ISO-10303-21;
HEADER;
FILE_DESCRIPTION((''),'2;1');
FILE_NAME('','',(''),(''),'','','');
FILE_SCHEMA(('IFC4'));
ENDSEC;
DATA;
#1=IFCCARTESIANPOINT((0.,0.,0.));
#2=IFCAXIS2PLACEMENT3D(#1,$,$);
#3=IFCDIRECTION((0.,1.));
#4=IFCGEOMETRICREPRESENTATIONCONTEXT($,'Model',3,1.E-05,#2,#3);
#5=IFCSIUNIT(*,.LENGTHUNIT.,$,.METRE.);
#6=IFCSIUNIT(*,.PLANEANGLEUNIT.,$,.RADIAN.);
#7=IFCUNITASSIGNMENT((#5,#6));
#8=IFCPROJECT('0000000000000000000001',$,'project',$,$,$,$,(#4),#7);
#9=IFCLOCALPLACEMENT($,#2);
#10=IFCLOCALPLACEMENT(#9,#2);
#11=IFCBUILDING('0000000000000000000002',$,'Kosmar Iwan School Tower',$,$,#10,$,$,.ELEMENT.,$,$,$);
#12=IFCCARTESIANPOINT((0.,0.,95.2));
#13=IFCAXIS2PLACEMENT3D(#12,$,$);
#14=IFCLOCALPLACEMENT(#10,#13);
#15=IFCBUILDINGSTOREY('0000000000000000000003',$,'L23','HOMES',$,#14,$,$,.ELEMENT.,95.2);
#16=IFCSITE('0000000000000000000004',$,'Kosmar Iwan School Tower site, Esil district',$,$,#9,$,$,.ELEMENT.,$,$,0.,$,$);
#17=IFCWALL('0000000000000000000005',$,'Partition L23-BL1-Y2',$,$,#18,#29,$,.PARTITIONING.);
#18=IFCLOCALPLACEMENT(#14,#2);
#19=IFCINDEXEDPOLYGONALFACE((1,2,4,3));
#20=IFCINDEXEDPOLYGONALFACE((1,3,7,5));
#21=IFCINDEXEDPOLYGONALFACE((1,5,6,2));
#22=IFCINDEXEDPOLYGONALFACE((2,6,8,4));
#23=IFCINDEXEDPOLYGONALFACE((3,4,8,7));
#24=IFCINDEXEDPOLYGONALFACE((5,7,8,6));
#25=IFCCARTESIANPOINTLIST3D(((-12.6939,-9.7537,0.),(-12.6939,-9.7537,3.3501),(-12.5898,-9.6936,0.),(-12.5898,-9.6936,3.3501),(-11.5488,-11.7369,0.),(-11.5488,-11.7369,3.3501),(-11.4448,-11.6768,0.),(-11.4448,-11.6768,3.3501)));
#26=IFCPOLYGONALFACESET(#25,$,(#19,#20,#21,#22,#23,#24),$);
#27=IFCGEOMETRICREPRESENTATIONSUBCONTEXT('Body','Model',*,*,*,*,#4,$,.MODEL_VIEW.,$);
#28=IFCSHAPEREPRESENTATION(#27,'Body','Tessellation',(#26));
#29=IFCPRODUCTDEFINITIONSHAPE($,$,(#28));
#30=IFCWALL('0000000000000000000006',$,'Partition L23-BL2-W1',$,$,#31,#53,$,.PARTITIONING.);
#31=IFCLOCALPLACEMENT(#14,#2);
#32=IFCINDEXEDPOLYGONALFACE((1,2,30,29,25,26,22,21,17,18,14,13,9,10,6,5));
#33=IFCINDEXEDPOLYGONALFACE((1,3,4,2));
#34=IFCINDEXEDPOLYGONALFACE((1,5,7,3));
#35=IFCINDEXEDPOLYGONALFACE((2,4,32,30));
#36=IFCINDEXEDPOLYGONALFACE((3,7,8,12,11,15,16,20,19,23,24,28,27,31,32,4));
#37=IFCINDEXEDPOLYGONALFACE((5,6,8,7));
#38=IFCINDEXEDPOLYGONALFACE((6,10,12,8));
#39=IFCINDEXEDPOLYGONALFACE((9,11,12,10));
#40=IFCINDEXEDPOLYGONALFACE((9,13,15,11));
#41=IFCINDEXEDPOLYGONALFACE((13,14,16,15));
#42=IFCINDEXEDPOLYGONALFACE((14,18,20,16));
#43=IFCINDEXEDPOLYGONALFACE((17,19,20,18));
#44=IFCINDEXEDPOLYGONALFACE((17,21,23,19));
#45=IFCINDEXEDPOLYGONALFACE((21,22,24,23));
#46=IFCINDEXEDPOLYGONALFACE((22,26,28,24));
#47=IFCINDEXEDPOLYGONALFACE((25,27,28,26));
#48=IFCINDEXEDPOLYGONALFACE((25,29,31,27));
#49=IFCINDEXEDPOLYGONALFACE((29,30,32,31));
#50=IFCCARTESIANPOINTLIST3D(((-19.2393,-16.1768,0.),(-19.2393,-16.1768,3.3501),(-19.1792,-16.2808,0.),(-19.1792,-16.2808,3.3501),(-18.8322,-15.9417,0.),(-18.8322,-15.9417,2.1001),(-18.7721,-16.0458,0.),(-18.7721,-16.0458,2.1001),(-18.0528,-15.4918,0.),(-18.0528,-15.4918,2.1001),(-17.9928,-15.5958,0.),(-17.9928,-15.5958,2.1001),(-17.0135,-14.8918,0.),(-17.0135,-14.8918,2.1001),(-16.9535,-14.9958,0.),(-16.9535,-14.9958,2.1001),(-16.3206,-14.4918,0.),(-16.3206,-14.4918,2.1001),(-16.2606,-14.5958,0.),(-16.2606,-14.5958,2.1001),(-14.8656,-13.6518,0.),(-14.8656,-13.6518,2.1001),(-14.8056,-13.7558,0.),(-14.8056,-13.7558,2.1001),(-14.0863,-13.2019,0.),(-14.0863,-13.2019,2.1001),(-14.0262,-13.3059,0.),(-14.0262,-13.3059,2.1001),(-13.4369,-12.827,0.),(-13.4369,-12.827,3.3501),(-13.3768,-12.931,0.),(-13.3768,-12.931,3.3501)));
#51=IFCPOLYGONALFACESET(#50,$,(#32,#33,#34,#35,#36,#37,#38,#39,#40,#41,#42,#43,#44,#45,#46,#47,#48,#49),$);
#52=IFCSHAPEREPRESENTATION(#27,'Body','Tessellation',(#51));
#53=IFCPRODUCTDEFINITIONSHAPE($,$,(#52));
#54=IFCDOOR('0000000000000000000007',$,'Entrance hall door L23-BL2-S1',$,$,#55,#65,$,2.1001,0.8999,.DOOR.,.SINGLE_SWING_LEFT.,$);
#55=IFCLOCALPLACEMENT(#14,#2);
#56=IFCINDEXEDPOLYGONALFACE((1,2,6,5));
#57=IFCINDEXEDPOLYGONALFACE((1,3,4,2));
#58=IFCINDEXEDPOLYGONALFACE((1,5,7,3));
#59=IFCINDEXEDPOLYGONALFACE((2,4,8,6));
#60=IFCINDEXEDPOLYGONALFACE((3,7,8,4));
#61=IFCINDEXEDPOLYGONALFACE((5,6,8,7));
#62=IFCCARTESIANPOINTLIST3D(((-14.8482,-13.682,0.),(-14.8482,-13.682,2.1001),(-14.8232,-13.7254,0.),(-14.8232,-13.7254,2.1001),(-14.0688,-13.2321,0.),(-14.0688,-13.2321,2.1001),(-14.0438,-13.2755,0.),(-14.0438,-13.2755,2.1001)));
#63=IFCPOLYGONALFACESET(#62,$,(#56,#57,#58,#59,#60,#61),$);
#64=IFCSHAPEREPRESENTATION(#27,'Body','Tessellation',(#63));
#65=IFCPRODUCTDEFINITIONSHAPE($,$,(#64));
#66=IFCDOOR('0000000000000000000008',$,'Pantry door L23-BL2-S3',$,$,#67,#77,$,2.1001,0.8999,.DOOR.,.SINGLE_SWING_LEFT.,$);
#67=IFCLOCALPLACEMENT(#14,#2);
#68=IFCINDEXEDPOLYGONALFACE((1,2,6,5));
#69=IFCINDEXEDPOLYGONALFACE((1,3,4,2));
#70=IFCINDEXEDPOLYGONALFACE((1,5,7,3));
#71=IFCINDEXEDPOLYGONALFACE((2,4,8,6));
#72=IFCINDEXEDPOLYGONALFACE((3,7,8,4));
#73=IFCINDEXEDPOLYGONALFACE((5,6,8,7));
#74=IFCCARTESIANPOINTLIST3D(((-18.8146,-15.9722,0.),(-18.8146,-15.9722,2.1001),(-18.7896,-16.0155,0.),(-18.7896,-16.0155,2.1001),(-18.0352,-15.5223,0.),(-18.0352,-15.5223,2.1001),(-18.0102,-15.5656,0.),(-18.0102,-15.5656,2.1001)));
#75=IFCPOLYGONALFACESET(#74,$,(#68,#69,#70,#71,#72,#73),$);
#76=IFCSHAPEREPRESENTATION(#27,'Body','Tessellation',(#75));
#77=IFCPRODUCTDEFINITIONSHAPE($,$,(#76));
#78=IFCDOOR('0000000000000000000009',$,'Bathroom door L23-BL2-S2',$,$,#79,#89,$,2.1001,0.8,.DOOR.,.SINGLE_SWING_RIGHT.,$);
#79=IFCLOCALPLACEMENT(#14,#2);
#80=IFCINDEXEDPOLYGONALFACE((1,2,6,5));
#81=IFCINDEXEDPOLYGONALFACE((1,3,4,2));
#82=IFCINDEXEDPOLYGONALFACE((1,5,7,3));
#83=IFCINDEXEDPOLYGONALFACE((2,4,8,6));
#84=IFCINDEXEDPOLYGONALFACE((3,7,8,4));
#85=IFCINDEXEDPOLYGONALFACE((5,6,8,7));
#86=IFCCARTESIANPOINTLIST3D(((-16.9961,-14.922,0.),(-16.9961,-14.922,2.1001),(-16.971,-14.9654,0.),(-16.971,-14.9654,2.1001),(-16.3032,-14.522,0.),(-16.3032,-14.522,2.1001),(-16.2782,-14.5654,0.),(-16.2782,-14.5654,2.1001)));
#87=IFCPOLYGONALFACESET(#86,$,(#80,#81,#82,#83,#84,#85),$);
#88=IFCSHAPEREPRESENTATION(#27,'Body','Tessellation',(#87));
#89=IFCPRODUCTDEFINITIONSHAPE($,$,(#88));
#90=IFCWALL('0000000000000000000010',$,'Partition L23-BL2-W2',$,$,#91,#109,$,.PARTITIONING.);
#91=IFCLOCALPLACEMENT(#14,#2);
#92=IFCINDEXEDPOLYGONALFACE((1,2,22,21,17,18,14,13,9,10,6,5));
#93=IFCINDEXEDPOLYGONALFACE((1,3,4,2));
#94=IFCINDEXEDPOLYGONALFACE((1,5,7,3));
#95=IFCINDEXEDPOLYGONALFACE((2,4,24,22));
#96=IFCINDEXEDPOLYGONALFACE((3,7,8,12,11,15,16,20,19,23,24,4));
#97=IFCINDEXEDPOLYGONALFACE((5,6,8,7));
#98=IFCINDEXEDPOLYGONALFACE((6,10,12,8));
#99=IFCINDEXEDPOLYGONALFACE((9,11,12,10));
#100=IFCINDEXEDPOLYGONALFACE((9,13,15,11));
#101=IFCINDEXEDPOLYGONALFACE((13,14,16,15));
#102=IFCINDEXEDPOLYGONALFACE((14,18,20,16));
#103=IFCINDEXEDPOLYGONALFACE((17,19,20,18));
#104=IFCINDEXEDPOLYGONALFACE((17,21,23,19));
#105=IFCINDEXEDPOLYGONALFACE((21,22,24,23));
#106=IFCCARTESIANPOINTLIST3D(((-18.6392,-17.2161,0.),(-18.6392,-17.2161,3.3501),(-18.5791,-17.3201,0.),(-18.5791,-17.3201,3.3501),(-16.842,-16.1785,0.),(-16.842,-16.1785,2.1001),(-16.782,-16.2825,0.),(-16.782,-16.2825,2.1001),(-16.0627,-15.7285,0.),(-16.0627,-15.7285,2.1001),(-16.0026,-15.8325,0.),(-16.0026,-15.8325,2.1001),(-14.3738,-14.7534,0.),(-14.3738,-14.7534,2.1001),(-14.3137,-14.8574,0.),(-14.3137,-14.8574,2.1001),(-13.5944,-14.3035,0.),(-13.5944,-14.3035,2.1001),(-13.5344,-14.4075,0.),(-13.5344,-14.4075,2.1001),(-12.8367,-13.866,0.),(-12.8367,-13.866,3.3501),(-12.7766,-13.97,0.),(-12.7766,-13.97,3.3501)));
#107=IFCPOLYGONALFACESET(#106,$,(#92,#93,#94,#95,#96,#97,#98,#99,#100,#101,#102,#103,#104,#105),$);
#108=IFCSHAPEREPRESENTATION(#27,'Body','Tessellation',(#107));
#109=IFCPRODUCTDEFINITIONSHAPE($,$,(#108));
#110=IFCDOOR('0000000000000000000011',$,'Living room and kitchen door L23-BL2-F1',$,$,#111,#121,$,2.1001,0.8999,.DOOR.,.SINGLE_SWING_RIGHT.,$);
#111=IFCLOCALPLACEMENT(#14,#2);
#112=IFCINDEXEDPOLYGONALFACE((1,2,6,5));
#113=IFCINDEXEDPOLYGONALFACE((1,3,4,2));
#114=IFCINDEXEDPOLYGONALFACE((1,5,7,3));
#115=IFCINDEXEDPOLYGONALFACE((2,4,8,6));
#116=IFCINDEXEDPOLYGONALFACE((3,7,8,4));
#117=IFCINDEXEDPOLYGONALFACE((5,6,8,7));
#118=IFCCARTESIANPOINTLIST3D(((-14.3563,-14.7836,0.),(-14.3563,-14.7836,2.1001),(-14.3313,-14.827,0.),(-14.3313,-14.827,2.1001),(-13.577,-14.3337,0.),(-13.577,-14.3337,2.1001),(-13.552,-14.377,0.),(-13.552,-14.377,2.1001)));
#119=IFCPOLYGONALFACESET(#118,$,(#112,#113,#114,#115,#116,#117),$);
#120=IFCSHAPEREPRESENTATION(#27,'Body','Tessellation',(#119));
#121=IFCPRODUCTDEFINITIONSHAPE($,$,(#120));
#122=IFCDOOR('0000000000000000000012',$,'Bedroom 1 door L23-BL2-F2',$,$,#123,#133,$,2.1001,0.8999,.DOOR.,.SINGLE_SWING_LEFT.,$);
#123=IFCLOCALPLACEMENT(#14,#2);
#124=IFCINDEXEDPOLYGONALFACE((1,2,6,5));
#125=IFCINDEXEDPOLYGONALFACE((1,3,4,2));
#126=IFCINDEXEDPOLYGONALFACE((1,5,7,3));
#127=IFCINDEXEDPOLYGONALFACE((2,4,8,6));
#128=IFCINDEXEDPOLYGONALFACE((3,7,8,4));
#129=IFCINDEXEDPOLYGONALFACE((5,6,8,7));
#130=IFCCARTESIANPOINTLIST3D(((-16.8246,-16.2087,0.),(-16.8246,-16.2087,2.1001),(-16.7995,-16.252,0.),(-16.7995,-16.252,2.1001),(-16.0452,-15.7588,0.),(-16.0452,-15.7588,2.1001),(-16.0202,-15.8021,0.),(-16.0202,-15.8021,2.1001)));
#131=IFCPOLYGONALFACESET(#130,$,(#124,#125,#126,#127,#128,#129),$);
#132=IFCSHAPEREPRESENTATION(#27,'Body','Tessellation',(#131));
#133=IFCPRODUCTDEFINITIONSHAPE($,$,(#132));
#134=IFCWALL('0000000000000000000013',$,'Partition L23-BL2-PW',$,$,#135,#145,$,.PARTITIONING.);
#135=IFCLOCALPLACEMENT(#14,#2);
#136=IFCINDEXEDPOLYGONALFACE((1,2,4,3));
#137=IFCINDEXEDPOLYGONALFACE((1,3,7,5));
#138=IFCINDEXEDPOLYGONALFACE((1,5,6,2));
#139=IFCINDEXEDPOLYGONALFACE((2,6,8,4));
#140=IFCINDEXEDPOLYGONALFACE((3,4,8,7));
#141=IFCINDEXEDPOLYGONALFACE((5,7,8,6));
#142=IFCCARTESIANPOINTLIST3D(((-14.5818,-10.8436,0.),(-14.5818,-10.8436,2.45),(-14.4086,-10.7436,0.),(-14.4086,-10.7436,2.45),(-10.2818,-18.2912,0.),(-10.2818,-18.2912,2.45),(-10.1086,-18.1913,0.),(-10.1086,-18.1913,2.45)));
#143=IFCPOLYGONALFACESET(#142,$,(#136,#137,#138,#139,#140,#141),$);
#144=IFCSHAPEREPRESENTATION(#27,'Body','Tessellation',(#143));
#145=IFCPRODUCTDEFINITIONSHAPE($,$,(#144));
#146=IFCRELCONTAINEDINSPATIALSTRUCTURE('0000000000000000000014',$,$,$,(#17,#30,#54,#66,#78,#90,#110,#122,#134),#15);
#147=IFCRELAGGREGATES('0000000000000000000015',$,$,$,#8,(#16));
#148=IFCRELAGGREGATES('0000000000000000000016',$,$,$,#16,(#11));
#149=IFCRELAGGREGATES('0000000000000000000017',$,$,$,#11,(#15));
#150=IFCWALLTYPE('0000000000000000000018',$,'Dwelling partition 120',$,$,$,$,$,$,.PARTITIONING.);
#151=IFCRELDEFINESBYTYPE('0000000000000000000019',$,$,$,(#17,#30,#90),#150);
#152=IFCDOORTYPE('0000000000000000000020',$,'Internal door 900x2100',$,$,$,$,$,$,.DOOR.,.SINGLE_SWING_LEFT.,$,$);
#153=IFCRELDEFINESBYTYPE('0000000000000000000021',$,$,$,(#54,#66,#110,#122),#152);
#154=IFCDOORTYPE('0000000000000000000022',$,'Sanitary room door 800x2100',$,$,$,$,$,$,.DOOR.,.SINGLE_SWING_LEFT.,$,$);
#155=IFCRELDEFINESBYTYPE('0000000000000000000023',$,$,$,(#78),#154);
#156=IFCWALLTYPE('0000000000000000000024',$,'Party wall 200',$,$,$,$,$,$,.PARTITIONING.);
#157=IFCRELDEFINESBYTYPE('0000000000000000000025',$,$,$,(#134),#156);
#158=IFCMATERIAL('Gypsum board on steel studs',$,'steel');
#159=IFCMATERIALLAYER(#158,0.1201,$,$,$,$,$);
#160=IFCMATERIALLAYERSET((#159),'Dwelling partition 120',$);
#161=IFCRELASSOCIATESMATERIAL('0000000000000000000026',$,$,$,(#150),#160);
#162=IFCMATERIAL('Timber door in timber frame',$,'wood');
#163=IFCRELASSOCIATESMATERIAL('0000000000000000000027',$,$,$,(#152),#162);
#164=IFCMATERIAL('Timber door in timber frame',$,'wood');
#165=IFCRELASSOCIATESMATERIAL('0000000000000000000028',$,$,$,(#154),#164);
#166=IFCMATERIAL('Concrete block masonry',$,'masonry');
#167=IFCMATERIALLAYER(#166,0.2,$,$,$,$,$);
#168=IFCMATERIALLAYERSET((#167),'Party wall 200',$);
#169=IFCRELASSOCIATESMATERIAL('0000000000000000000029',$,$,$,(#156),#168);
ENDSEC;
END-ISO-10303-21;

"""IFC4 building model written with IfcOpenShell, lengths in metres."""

from ifc_helpers import new_model, si_unit, direction, frame, frame_2d, origin, place, context, subcontext, project, spatial, rectangle, extrude, material, layer, layer_set, type_object, element, fill, save


model = new_model("IFC4")

# Units and contexts
model_context = context("Model", 3, precision=1e-05, world=origin(), true_north=direction((0.0, 1.0)))
body_context = subcontext(model_context, "Body", "Model", "MODEL_VIEW")
ifc_project = project(units=[si_unit("LENGTHUNIT", "METRE"), si_unit("PLANEANGLEUNIT", "RADIAN")], contexts=[model_context])

# Site, building, storey
site_placement = place(None, origin())
site = spatial("IfcSite", under=ifc_project, at=site_placement, Name="Kosmar Iwan School Tower site, Esil district", CompositionType="ELEMENT", RefElevation=0.0)
building_placement = place(site_placement, origin())
building = spatial("IfcBuilding", under=site, at=building_placement, Name="Kosmar Iwan School Tower", CompositionType="ELEMENT")
storey_placement = place(building_placement, frame((0.0, 0.0, 95.2)))
storey = spatial("IfcBuildingStorey", under=building, at=storey_placement, Name="L23", Description="HOMES", CompositionType="ELEMENT", Elevation=95.2)

# Wall
ifc_material_1 = material(Name="Gypsum board on steel studs", Category="steel")
ifc_layer_1 = layer(ifc_material_1, 0.1201)
ifc_layer_set_1 = layer_set([ifc_layer_1], Name="Dwelling partition 120")
wall_type_1 = type_object("IfcWallType", Name="Dwelling partition 120", PredefinedType="PARTITIONING", material=ifc_layer_set_1)
wall_1_placement = place(storey_placement, frame((-12.6418, -9.7236, 0.0), z_axis=(0.0, 0.0, 1.0), x_axis=(0.500015, -0.866017, 0.0)))
element("IfcWall", 1, at=wall_1_placement, inside=storey, type_object=wall_type_1, Name="Partition L23-BL1-Y2", PredefinedType="PARTITIONING", context=body_context, shape_type="SweptSolid", body=[
    extrude(rectangle(XDim=2.29, YDim=0.1201, at=frame_2d((1.145, 0.0))), origin(), (0.0, 0.0, 1.0), 3.3501),
])

# Walls, openings, doors
wall_2_placement = place(storey_placement, frame((-13.4067, -12.8789, 0.0), z_axis=(0.0, 0.0, 1.0), x_axis=(-0.866039, -0.499976, 0.0)))
wall_2 = element("IfcWall", 2, at=wall_2_placement, inside=storey, type_object=wall_type_1, Name="Partition L23-BL2-W1", PredefinedType="PARTITIONING", context=body_context, shape_type="SweptSolid", body=[
    extrude(rectangle(XDim=6.7, YDim=0.1201, at=frame_2d((3.3501, 0.0))), origin(), (0.0, 0.0, 1.0), 3.3501),
])
opening_1_placement = place(wall_2_placement, frame((0.75, 0.0, 0.0)))
opening_1 = element("IfcOpeningElement", 3, at=opening_1_placement, cuts=wall_2, PredefinedType="OPENING", context=body_context, shape_type="SweptSolid", body=[
    extrude(rectangle(XDim=0.8999, YDim=2.1001, at=frame_2d((0.45, 1.05))), frame((0.0, 0.072, 0.0), z_axis=(0.0, -1.0, 0.0), x_axis=(1.0, 0.0, 0.0)), (0.0, 0.0, 1.0), 0.144),
])
opening_2_placement = place(wall_2_placement, frame((3.3301, 0.0, 0.0)))
opening_2 = element("IfcOpeningElement", 4, at=opening_2_placement, cuts=wall_2, PredefinedType="OPENING", context=body_context, shape_type="SweptSolid", body=[
    extrude(rectangle(XDim=0.8, YDim=2.1001, at=frame_2d((0.3999, 1.05))), frame((0.0, 0.072, 0.0), z_axis=(0.0, -1.0, 0.0), x_axis=(1.0, 0.0, 0.0)), (0.0, 0.0, 1.0), 0.144),
])
opening_3_placement = place(wall_2_placement, frame((5.3301, 0.0, 0.0)))
opening_3 = element("IfcOpeningElement", 5, at=opening_3_placement, cuts=wall_2, PredefinedType="OPENING", context=body_context, shape_type="SweptSolid", body=[
    extrude(rectangle(XDim=0.8999, YDim=2.1001, at=frame_2d((0.45, 1.05))), frame((0.0, 0.072, 0.0), z_axis=(0.0, -1.0, 0.0), x_axis=(1.0, 0.0, 0.0)), (0.0, 0.0, 1.0), 0.144),
])
ifc_material_2 = material(Name="Timber door in timber frame", Category="wood")
door_type_1 = type_object("IfcDoorType", Name="Internal door 900x2100", OperationType="SINGLE_SWING_LEFT", PredefinedType="DOOR", material=ifc_material_2)
door_1_placement = place(opening_1_placement, origin())
door_1 = element("IfcDoor", 6, at=door_1_placement, inside=storey, type_object=door_type_1, Name="Entrance hall door L23-BL2-S1", OperationType="SINGLE_SWING_LEFT", OverallHeight=2.1001, OverallWidth=0.8999, PredefinedType="DOOR", context=body_context, shape_type="SweptSolid", body=[
    extrude(rectangle(XDim=0.8999, YDim=2.1001, at=frame_2d((0.45, 1.05))), frame((0.0, 0.0249, 0.0), z_axis=(0.0, -1.0, 0.0), x_axis=(1.0, 0.0, 0.0)), (0.0, 0.0, 1.0), 0.05),
])
fill(opening_1, door_1)
door_2_placement = place(opening_3_placement, frame((0.8999, 0.0, 0.0), z_axis=(0.0, 0.0, 1.0), x_axis=(-1.0, 0.0, 0.0)))
door_2 = element("IfcDoor", 7, at=door_2_placement, inside=storey, type_object=door_type_1, Name="Pantry door L23-BL2-S3", OperationType="SINGLE_SWING_LEFT", OverallHeight=2.1001, OverallWidth=0.8999, PredefinedType="DOOR", context=body_context, shape_type="SweptSolid", body=[
    extrude(rectangle(XDim=0.8999, YDim=2.1001, at=frame_2d((0.45, 1.05))), frame((0.0, 0.0249, 0.0), z_axis=(0.0, -1.0, 0.0), x_axis=(1.0, 0.0, 0.0)), (0.0, 0.0, 1.0), 0.05),
])
fill(opening_3, door_2)
ifc_material_3 = material(Name="Timber door in timber frame", Category="wood")
door_type_2 = type_object("IfcDoorType", Name="Sanitary room door 800x2100", OperationType="SINGLE_SWING_LEFT", PredefinedType="DOOR", material=ifc_material_3)
door_3_placement = place(opening_2_placement, origin())
door_3 = element("IfcDoor", 8, at=door_3_placement, inside=storey, type_object=door_type_2, Name="Bathroom door L23-BL2-S2", OperationType="SINGLE_SWING_RIGHT", OverallHeight=2.1001, OverallWidth=0.8, PredefinedType="DOOR", context=body_context, shape_type="SweptSolid", body=[
    extrude(rectangle(XDim=0.8, YDim=2.1001, at=frame_2d((0.3999, 1.05))), frame((0.0, 0.0249, 0.0), z_axis=(0.0, -1.0, 0.0), x_axis=(1.0, 0.0, 0.0)), (0.0, 0.0, 1.0), 0.05),
])
fill(opening_2, door_3)
wall_3_placement = place(storey_placement, frame((-12.8066, -13.918, 0.0), z_axis=(0.0, 0.0, 1.0), x_axis=(-0.866024, -0.500003, 0.0)))
wall_3 = element("IfcWall", 9, at=wall_3_placement, inside=storey, type_object=wall_type_1, Name="Partition L23-BL2-W2", PredefinedType="PARTITIONING", context=body_context, shape_type="SweptSolid", body=[
    extrude(rectangle(XDim=6.7002, YDim=0.1201, at=frame_2d((3.3501, 0.0))), origin(), (0.0, 0.0, 1.0), 3.3501),
])
opening_4_placement = place(wall_3_placement, frame((0.875, 0.0, 0.0)))
opening_4 = element("IfcOpeningElement", 10, at=opening_4_placement, cuts=wall_3, PredefinedType="OPENING", context=body_context, shape_type="SweptSolid", body=[
    extrude(rectangle(XDim=0.8999, YDim=2.1001, at=frame_2d((0.45, 1.05))), frame((0.0, 0.072, 0.0), z_axis=(0.0, -1.0, 0.0), x_axis=(1.0, 0.0, 0.0)), (0.0, 0.0, 1.0), 0.144),
])
opening_5_placement = place(wall_3_placement, frame((3.7251, 0.0, 0.0)))
opening_5 = element("IfcOpeningElement", 11, at=opening_5_placement, cuts=wall_3, PredefinedType="OPENING", context=body_context, shape_type="SweptSolid", body=[
    extrude(rectangle(XDim=0.8999, YDim=2.1001, at=frame_2d((0.45, 1.05))), frame((0.0, 0.072, 0.0), z_axis=(0.0, -1.0, 0.0), x_axis=(1.0, 0.0, 0.0)), (0.0, 0.0, 1.0), 0.144),
])
door_4_placement = place(opening_4_placement, origin())
door_4 = element("IfcDoor", 12, at=door_4_placement, inside=storey, type_object=door_type_1, Name="Living room and kitchen door L23-BL2-F1", OperationType="SINGLE_SWING_RIGHT", OverallHeight=2.1001, OverallWidth=0.8999, PredefinedType="DOOR", context=body_context, shape_type="SweptSolid", body=[
    extrude(rectangle(XDim=0.8999, YDim=2.1001, at=frame_2d((0.45, 1.05))), frame((0.0, 0.0249, 0.0), z_axis=(0.0, -1.0, 0.0), x_axis=(1.0, 0.0, 0.0)), (0.0, 0.0, 1.0), 0.05),
])
fill(opening_4, door_4)
door_5_placement = place(opening_5_placement, origin())
door_5 = element("IfcDoor", 13, at=door_5_placement, inside=storey, type_object=door_type_1, Name="Bedroom 1 door L23-BL2-F2", OperationType="SINGLE_SWING_LEFT", OverallHeight=2.1001, OverallWidth=0.8999, PredefinedType="DOOR", context=body_context, shape_type="SweptSolid", body=[
    extrude(rectangle(XDim=0.8999, YDim=2.1001, at=frame_2d((0.45, 1.05))), frame((0.0, 0.0249, 0.0), z_axis=(0.0, -1.0, 0.0), x_axis=(1.0, 0.0, 0.0)), (0.0, 0.0, 1.0), 0.05),
])
fill(opening_5, door_5)

# Wall
ifc_material_4 = material(Name="Concrete block masonry", Category="masonry")
ifc_layer_2 = layer(ifc_material_4, 0.2)
ifc_layer_set_2 = layer_set([ifc_layer_2], Name="Party wall 200")
wall_type_2 = type_object("IfcWallType", Name="Party wall 200", PredefinedType="PARTITIONING", material=ifc_layer_set_2)
wall_4_placement = place(storey_placement, frame((-14.4951, -10.7937, 0.0), z_axis=(0.0, 0.0, 1.0), x_axis=(0.500008, -0.866021, 0.0)))
element("IfcWall", 14, at=wall_4_placement, inside=storey, type_object=wall_type_2, Name="Partition L23-BL2-PW", PredefinedType="PARTITIONING", context=body_context, shape_type="SweptSolid", body=[
    extrude(rectangle(XDim=8.5999, YDim=0.2, at=frame_2d((4.2998, 0.0))), origin(), (0.0, 0.0, 1.0), 2.45),
])

save(model, "model.ifc")
